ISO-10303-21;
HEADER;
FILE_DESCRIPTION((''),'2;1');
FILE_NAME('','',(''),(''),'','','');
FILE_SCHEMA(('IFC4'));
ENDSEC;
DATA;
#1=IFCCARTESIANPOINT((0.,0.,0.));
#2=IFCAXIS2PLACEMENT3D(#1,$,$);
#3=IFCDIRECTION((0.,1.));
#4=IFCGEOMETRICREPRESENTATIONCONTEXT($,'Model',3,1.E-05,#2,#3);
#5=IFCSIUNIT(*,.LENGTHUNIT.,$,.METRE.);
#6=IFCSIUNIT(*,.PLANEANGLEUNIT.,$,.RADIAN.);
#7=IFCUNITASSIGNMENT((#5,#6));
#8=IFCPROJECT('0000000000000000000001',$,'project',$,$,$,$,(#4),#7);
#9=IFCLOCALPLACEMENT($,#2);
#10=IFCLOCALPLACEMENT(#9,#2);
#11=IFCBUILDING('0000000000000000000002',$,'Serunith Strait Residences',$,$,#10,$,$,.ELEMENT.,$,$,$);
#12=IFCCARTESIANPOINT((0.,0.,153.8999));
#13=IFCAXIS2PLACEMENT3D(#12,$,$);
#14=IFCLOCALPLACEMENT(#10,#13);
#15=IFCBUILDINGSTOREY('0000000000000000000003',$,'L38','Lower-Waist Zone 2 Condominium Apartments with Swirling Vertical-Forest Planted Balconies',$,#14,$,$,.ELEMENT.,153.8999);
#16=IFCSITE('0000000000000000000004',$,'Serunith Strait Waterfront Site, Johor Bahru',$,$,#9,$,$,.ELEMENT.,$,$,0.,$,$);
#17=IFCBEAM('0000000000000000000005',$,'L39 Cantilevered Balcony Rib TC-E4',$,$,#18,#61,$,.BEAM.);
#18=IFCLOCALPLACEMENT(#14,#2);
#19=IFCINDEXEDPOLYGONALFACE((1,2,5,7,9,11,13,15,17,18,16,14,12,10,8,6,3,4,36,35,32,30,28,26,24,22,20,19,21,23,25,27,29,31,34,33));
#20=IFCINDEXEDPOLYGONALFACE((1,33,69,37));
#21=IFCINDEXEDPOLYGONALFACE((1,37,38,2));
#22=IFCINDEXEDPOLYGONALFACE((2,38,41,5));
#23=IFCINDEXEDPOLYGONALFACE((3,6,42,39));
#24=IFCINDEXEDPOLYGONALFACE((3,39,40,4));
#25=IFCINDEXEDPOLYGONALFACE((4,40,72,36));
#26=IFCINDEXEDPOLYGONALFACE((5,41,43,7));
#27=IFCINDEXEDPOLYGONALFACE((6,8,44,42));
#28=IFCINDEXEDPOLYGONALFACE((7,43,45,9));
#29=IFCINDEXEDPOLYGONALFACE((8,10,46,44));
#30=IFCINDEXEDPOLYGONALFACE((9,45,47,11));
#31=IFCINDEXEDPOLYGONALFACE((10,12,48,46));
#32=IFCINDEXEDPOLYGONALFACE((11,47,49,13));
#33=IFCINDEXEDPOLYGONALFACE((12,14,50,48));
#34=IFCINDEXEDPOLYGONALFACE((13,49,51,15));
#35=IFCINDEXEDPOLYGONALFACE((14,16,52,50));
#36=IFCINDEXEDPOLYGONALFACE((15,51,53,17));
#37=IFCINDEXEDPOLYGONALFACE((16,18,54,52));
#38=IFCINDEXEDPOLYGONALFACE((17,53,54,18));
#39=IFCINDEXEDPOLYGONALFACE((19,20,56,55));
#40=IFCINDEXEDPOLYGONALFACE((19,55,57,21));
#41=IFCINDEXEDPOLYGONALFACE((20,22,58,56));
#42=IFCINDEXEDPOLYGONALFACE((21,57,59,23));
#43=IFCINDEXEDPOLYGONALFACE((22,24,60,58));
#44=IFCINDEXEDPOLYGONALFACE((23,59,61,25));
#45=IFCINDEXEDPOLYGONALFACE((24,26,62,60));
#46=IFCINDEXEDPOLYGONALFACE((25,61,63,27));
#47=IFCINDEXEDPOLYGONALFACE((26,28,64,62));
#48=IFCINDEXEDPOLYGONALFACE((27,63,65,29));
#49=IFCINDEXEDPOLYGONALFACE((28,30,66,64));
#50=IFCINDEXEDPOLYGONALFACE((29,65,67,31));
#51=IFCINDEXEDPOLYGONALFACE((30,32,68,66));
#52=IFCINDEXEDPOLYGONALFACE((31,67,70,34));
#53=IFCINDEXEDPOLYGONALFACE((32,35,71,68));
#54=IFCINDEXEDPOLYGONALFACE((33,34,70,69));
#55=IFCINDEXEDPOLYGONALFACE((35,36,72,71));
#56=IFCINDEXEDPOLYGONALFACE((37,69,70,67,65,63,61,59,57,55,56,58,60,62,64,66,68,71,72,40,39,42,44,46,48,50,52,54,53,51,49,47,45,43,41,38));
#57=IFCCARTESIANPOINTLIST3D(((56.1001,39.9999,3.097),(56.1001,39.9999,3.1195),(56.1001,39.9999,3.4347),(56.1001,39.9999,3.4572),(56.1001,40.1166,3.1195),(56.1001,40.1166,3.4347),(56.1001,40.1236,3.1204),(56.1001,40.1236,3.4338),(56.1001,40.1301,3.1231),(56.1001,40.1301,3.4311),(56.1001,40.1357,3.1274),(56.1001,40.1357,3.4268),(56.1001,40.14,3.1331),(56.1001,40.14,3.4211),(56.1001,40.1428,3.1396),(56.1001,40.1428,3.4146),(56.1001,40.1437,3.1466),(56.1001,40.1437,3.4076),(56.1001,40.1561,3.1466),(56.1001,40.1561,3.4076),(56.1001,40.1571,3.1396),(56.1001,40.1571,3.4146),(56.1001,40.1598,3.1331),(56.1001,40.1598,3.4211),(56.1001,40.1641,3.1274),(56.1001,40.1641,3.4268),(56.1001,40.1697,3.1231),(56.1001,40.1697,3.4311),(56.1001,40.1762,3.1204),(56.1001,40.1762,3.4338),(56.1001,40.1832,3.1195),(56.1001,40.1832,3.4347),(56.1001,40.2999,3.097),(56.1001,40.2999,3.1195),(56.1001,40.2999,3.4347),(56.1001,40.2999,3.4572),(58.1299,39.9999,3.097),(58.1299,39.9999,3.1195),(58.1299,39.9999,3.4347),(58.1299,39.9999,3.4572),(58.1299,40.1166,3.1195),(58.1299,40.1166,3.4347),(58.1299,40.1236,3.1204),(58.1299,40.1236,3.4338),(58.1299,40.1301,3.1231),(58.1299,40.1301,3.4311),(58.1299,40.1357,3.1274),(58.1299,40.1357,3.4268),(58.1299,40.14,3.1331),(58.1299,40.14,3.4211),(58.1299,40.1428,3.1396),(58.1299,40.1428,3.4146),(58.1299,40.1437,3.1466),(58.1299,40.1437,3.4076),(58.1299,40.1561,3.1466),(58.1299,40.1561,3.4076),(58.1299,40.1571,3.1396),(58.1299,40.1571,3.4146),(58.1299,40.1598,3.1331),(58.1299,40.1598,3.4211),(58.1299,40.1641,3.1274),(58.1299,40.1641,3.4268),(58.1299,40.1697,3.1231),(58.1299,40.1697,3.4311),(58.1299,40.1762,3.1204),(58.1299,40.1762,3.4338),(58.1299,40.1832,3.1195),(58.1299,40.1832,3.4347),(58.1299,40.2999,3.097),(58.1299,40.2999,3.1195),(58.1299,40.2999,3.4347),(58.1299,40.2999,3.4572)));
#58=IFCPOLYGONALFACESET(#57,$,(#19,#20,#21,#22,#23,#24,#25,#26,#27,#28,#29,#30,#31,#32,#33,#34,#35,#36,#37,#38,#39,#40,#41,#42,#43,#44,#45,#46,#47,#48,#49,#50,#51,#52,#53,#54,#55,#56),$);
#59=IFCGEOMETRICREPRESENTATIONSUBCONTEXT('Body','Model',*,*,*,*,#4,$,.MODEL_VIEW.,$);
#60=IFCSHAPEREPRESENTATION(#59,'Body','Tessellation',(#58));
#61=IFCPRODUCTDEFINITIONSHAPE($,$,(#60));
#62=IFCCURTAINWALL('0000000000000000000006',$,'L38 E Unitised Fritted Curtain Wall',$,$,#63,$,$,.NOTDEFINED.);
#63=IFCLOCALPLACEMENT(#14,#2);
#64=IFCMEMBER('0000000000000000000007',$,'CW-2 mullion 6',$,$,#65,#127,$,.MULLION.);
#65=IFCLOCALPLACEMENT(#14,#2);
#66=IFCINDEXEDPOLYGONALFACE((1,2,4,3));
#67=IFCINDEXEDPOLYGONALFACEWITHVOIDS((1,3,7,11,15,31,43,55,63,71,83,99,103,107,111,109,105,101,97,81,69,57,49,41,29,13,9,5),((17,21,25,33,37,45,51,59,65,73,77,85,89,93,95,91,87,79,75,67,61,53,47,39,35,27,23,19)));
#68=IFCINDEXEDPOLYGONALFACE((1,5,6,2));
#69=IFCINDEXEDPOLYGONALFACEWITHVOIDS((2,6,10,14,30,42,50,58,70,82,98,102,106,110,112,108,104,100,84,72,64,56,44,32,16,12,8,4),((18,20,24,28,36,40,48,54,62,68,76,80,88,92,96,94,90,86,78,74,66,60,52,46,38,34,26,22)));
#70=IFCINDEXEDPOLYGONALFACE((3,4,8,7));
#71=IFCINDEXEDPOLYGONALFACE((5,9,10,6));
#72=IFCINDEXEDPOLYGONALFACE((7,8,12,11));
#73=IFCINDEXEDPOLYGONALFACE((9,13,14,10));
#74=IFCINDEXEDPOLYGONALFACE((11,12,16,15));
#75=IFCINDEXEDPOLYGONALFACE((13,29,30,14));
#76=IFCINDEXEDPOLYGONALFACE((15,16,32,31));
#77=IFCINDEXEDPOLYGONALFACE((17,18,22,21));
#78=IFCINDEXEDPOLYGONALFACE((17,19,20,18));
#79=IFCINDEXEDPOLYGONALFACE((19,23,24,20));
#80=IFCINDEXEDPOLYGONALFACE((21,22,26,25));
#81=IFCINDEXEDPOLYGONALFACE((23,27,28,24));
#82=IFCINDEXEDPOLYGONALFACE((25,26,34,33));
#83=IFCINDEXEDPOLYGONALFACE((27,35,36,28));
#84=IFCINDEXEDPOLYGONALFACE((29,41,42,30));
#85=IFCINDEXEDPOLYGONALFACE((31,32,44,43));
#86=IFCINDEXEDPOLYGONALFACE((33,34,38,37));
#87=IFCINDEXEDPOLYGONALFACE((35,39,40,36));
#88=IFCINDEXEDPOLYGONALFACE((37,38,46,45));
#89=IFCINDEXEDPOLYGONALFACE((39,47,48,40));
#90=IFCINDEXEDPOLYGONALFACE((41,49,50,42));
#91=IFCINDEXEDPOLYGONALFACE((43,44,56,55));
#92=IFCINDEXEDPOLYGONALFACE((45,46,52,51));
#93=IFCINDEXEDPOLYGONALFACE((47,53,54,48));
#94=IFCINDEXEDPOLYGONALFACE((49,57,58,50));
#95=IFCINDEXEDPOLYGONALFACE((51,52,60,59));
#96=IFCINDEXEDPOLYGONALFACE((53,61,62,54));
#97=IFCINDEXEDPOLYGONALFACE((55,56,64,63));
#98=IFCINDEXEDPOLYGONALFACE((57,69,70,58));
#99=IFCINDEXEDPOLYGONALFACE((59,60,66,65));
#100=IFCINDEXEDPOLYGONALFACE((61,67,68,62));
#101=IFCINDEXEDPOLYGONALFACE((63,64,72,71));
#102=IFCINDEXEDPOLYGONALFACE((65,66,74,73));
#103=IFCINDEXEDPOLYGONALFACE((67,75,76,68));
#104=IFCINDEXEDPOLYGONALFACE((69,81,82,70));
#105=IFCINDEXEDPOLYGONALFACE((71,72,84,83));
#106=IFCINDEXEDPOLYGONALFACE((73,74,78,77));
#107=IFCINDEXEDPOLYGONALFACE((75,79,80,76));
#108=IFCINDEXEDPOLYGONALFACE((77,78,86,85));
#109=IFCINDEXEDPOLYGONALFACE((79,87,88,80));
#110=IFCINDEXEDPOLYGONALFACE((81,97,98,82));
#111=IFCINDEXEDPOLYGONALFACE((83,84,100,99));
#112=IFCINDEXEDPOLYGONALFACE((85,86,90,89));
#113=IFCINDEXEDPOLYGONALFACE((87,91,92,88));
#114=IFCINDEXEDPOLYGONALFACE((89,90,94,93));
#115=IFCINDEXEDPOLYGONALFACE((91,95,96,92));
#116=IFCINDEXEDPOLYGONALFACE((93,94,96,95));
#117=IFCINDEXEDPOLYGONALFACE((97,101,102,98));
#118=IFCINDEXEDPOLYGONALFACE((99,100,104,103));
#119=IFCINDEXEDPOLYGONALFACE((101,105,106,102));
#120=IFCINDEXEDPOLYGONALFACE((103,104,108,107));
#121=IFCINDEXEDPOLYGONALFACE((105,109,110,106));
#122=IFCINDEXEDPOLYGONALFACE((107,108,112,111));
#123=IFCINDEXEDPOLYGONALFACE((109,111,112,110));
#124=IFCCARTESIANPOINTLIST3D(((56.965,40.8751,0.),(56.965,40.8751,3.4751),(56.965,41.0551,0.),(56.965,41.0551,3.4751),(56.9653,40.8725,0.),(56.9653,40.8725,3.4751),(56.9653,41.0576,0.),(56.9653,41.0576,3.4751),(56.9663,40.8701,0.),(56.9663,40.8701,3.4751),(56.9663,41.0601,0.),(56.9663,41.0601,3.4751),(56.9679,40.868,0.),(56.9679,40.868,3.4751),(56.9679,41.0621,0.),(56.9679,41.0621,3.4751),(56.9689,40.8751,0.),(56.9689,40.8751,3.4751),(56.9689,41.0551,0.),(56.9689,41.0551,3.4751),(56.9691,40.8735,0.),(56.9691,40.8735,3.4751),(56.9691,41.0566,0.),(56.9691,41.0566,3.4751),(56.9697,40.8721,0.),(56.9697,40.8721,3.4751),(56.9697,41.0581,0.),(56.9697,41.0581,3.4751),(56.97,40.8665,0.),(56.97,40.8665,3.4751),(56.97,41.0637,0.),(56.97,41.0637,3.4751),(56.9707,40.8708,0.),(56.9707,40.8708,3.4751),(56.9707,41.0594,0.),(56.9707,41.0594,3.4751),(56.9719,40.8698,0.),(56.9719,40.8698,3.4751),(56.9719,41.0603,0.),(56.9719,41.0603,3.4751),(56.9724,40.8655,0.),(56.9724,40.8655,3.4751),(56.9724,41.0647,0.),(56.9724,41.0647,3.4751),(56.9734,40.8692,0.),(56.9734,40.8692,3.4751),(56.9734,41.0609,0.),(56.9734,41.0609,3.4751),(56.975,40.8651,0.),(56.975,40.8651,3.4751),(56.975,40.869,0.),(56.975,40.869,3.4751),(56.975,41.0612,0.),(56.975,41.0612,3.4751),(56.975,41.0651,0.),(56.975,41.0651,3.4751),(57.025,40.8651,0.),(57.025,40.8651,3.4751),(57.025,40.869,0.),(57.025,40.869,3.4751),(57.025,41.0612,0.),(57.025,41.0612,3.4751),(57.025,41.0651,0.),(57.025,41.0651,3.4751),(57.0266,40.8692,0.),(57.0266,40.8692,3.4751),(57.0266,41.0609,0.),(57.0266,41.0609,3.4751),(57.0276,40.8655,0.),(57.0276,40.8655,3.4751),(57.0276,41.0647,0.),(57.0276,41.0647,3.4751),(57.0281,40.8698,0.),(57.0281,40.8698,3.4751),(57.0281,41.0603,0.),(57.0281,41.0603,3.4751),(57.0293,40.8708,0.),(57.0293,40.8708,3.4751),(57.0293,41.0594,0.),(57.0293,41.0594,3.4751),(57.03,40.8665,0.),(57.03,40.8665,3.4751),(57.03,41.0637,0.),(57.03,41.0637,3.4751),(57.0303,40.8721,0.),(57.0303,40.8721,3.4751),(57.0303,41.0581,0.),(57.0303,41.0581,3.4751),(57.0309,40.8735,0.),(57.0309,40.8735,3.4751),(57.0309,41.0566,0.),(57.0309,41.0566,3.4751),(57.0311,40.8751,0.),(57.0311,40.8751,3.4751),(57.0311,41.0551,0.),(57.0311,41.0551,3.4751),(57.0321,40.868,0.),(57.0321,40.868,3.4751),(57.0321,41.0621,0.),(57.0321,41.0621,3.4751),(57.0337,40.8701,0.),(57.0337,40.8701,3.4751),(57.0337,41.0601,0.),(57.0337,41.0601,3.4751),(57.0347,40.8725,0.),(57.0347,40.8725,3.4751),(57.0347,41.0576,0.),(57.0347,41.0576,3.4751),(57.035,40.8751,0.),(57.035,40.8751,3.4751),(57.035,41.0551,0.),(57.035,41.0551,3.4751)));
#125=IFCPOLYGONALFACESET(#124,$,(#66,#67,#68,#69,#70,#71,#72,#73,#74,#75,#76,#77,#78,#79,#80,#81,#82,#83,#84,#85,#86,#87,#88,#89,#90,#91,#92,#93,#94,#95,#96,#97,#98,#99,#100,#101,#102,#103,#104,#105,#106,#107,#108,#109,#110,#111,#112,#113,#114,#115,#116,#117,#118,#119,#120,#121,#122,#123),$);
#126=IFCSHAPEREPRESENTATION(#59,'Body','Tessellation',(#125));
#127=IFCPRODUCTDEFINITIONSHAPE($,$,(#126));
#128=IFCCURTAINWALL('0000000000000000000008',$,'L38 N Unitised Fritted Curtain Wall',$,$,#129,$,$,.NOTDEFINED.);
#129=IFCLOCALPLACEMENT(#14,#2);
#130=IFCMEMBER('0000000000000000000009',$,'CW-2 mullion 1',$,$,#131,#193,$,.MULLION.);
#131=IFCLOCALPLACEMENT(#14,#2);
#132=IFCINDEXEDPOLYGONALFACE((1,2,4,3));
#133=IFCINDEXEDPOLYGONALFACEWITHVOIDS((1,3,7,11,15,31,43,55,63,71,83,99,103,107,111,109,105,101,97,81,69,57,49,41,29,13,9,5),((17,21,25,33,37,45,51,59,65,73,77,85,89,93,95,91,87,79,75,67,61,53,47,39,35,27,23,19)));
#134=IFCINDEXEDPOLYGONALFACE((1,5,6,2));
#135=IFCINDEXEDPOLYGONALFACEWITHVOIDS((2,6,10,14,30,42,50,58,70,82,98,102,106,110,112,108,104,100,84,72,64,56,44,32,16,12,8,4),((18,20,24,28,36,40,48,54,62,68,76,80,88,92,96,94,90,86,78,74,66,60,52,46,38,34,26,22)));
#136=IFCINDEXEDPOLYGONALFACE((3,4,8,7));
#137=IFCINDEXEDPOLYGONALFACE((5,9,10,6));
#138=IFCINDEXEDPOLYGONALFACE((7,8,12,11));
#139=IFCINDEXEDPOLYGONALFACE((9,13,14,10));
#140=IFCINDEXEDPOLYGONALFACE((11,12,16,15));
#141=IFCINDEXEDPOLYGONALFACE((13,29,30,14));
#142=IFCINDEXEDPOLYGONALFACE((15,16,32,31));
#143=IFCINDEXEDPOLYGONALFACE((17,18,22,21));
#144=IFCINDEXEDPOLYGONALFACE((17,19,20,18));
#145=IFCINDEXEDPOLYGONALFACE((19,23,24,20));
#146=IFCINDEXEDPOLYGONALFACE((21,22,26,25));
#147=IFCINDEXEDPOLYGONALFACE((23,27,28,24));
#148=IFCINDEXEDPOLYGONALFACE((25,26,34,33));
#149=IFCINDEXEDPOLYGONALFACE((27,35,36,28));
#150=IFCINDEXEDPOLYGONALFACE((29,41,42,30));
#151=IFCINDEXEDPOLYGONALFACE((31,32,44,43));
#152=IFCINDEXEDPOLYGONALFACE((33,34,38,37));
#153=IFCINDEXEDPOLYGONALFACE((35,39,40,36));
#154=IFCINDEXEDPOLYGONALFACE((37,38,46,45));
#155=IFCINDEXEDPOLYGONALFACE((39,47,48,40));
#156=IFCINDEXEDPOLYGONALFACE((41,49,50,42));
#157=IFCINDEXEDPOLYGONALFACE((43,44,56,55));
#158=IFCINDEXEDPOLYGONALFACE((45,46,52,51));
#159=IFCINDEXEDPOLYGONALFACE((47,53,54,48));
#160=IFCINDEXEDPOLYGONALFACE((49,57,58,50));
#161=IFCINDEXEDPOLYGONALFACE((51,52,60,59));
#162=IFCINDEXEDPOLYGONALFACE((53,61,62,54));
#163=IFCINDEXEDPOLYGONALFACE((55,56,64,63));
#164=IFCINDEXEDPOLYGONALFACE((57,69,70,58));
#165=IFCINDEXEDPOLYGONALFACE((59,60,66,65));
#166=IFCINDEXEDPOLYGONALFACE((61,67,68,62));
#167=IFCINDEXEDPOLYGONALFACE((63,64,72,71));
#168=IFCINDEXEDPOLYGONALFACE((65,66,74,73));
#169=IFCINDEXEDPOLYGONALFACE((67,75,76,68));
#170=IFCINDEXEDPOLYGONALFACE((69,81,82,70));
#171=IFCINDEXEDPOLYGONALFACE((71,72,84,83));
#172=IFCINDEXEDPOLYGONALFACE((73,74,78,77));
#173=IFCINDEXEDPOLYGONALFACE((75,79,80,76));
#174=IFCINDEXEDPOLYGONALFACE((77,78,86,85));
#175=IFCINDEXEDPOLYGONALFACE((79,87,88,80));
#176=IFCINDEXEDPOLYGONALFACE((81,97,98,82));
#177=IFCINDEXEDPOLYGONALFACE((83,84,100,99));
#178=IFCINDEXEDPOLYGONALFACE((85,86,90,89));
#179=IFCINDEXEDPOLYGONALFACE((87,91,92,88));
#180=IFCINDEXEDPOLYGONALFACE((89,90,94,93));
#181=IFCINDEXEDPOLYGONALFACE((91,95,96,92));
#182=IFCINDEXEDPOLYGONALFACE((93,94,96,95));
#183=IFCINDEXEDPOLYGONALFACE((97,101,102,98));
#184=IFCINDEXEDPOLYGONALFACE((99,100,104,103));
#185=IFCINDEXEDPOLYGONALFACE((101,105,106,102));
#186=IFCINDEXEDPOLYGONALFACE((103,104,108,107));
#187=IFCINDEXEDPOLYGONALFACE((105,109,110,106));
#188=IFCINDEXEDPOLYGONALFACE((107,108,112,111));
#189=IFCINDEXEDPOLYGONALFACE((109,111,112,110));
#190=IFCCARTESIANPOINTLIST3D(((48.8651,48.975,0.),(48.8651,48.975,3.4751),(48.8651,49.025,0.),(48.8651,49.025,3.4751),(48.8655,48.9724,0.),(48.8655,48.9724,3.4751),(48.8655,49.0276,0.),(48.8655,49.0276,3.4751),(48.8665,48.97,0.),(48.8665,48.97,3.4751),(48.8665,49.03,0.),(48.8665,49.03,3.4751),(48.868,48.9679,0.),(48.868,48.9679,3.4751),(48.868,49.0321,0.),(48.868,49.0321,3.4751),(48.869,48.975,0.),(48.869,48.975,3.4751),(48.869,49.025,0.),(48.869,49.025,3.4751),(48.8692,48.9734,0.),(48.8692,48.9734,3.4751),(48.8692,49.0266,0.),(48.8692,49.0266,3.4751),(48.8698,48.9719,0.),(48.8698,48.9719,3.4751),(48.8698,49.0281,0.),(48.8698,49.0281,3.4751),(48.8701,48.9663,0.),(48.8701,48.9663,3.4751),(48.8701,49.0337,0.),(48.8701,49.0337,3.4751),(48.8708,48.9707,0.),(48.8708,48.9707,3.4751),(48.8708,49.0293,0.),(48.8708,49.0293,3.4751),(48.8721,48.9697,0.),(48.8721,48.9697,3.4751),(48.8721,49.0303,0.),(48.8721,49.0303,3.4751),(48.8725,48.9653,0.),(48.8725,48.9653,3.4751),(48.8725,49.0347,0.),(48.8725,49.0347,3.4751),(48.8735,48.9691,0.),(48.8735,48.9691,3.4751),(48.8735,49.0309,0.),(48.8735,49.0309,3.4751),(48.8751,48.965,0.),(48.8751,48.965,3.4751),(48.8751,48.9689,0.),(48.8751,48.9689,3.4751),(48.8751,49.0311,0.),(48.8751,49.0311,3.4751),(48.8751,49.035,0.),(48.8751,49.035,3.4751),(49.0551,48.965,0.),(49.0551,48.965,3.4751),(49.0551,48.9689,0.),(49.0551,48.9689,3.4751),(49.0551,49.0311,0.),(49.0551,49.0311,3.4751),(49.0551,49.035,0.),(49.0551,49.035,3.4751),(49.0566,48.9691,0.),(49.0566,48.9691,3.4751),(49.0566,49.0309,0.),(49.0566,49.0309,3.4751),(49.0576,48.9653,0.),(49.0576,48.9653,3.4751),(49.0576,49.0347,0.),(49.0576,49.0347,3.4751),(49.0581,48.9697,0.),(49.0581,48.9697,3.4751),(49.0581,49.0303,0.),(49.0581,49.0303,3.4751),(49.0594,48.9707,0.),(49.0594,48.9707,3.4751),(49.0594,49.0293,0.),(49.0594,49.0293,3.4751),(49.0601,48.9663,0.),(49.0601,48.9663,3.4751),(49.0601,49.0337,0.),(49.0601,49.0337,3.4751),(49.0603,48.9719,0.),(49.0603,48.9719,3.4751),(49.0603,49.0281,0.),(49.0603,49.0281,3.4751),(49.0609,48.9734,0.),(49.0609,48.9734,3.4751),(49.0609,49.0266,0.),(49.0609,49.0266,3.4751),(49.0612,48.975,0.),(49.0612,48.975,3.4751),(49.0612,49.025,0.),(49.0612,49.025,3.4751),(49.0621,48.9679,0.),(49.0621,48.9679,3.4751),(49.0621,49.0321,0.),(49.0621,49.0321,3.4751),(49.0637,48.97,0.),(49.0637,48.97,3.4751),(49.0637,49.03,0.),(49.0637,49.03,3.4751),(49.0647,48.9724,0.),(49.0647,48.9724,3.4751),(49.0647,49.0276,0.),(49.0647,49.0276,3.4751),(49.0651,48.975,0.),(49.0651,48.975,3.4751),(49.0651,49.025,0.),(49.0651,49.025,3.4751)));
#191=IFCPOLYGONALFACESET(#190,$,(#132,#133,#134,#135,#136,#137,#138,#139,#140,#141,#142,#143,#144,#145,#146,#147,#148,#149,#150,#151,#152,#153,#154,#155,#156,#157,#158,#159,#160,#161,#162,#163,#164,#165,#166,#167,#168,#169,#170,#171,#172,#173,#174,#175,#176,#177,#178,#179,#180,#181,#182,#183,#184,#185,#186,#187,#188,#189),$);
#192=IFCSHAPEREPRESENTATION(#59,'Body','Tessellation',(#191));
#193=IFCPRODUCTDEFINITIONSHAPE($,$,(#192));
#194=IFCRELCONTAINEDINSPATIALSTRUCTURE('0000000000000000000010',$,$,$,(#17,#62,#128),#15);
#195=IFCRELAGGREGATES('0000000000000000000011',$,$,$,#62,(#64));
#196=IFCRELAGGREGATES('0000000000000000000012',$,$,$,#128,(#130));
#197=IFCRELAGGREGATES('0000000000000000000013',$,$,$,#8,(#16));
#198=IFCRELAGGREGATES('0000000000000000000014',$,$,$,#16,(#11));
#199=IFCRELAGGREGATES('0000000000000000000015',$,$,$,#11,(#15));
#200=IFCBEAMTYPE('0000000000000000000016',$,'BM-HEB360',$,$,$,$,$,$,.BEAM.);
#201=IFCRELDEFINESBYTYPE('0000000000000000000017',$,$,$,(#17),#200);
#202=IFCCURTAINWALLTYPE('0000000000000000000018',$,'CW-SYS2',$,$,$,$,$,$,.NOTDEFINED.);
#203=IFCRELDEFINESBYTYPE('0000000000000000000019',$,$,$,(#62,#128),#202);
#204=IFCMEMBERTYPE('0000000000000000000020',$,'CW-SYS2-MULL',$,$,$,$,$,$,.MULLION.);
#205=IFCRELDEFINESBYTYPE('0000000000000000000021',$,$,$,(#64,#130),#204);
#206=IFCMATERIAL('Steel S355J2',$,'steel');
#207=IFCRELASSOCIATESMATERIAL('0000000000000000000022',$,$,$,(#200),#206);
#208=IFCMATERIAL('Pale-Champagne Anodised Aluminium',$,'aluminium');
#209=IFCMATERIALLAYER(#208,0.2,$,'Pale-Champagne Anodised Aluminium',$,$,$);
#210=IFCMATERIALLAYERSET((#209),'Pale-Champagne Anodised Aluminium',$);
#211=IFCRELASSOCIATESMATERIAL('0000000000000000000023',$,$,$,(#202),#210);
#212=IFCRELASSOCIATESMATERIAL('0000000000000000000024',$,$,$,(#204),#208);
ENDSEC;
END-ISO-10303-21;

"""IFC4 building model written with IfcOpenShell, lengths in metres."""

from ifc_helpers import new_model, si_unit, direction, frame, origin, origin_2d, place, context, subcontext, project, spatial, hollow_rectangle, i_section, extrude, source, transform, mapped, material, layer, layer_set, material_profile, profile_set, type_object, element, aggregate, save


model = new_model("IFC4")

# Units and contexts
model_context = context("Model", 3, precision=1e-05, world=origin(), true_north=direction((0.0, 1.0)))
body_context = subcontext(model_context, "Body", "Model", "MODEL_VIEW")
ifc_project = project(units=[si_unit("LENGTHUNIT", "METRE"), si_unit("PLANEANGLEUNIT", "RADIAN")], contexts=[model_context])

# Site, building, storey
site_placement = place(None, origin())
site = spatial("IfcSite", under=ifc_project, at=site_placement, Name="Serunith Strait Waterfront Site, Johor Bahru", CompositionType="ELEMENT", RefElevation=0.0)
building_placement = place(site_placement, origin())
building = spatial("IfcBuilding", under=site, at=building_placement, Name="Serunith Strait Residences", CompositionType="ELEMENT")
storey_placement = place(building_placement, frame((0.0, 0.0, 153.8999)))
storey = spatial("IfcBuildingStorey", under=building, at=storey_placement, Name="L38", Description="Lower-Waist Zone 2 Condominium Apartments with Swirling Vertical-Forest Planted Balconies", CompositionType="ELEMENT", Elevation=153.8999)

# Beam
ifc_material_1 = material(Name="Steel S355J2", Category="steel")
ifc_material_profile_1 = material_profile(ifc_material_1, i_section(OverallWidth=0.3, OverallDepth=0.3601, WebThickness=0.0125, FlangeThickness=0.0225, FilletRadius=0.0271, at=origin_2d()), Name="HEB 360")
ifc_profile_set_1 = profile_set([ifc_material_profile_1], Name="Steel S355J2")
beam_type_1 = type_object("IfcBeamType", Name="BM-HEB360", PredefinedType="BEAM", material=ifc_profile_set_1)
shared_shape_1 = source(origin(), body_context, "Body", "SweptSolid", [
    extrude(i_section(OverallWidth=0.3, OverallDepth=0.3601, WebThickness=0.0125, FlangeThickness=0.0225, FilletRadius=0.0271, at=origin_2d()), origin(), (0.0, 0.0, 1.0), 2.0298),
])
for number, where, z_axis, x_axis, name in (
    (1, (56.1001, 40.1499, 3.2771), (1.0, 0.0, 0.0), (0.0, 1.0, 0.0), "L39 Cantilevered Balcony Rib TC-E4"),
):
    element("IfcBeam", number, at=place(storey_placement, frame(where, z_axis=z_axis, x_axis=x_axis)), inside=storey, type_object=beam_type_1, Name=name, PredefinedType="BEAM", context=body_context, shape_type="MappedRepresentation", body=[
        mapped(shared_shape_1, transform((0.0, 0.0, 0.0), scale=1.0)),
    ])

# Curtain wall, member
ifc_material_2 = material(Name="Pale-Champagne Anodised Aluminium", Category="aluminium")
ifc_layer_1 = layer(ifc_material_2, 0.2, Name="Pale-Champagne Anodised Aluminium")
ifc_layer_set_1 = layer_set([ifc_layer_1], Name="Pale-Champagne Anodised Aluminium")
curtain_wall_type = type_object("IfcCurtainWallType", Name="CW-SYS2", PredefinedType="NOTDEFINED", material=ifc_layer_set_1)
curtain_wall_1_placement = place(storey_placement, origin())
curtain_wall_1 = element("IfcCurtainWall", 2, at=curtain_wall_1_placement, inside=storey, type_object=curtain_wall_type, Name="L38 E Unitised Fritted Curtain Wall", PredefinedType="NOTDEFINED")
ifc_material_profile_2 = material_profile(ifc_material_2, hollow_rectangle(XDim=0.0701, YDim=0.2, WallThickness=0.0039, InnerFilletRadius=0.0061, OuterFilletRadius=0.01, at=origin_2d()), Name="ALU 200x70x4")
ifc_profile_set_2 = profile_set([ifc_material_profile_2], Name="Pale-Champagne Anodised Aluminium")
member_type_1 = type_object("IfcMemberType", Name="CW-SYS2-MULL", PredefinedType="MULLION", material=ifc_profile_set_2)
shared_shape_2 = source(origin(), body_context, "Body", "SweptSolid", [
    extrude(hollow_rectangle(XDim=0.0701, YDim=0.2, WallThickness=0.0039, InnerFilletRadius=0.0061, OuterFilletRadius=0.01, at=origin_2d()), origin(), (0.0, 0.0, 1.0), 3.4751),
])
member_1_placement = place(storey_placement, frame((57.0, 40.9651, 0.0), z_axis=(0.0, 0.0, 1.0), x_axis=(-1.0, 0.0, 0.0)))
member_1 = element("IfcMember", 3, at=member_1_placement, type_object=member_type_1, Name="CW-2 mullion 6", PredefinedType="MULLION", context=body_context, shape_type="MappedRepresentation", body=[
    mapped(shared_shape_2, transform((0.0, 0.0, 0.0), scale=1.0)),
])

# Curtain wall, member
curtain_wall_2_placement = place(storey_placement, origin())
curtain_wall_2 = element("IfcCurtainWall", 4, at=curtain_wall_2_placement, inside=storey, type_object=curtain_wall_type, Name="L38 N Unitised Fritted Curtain Wall", PredefinedType="NOTDEFINED")
member_2_placement = place(storey_placement, frame((48.9651, 49.0, 0.0), z_axis=(0.0, 0.0, 1.0), x_axis=(0.0, -1.0, 0.0)))
member_2 = element("IfcMember", 5, at=member_2_placement, type_object=member_type_1, Name="CW-2 mullion 1", PredefinedType="MULLION", context=body_context, shape_type="MappedRepresentation", body=[
    mapped(shared_shape_2, transform((0.0, 0.0, 0.0), scale=1.0)),
])

aggregate(curtain_wall_1, [member_1])
aggregate(curtain_wall_2, [member_2])

save(model, "model.ifc")
